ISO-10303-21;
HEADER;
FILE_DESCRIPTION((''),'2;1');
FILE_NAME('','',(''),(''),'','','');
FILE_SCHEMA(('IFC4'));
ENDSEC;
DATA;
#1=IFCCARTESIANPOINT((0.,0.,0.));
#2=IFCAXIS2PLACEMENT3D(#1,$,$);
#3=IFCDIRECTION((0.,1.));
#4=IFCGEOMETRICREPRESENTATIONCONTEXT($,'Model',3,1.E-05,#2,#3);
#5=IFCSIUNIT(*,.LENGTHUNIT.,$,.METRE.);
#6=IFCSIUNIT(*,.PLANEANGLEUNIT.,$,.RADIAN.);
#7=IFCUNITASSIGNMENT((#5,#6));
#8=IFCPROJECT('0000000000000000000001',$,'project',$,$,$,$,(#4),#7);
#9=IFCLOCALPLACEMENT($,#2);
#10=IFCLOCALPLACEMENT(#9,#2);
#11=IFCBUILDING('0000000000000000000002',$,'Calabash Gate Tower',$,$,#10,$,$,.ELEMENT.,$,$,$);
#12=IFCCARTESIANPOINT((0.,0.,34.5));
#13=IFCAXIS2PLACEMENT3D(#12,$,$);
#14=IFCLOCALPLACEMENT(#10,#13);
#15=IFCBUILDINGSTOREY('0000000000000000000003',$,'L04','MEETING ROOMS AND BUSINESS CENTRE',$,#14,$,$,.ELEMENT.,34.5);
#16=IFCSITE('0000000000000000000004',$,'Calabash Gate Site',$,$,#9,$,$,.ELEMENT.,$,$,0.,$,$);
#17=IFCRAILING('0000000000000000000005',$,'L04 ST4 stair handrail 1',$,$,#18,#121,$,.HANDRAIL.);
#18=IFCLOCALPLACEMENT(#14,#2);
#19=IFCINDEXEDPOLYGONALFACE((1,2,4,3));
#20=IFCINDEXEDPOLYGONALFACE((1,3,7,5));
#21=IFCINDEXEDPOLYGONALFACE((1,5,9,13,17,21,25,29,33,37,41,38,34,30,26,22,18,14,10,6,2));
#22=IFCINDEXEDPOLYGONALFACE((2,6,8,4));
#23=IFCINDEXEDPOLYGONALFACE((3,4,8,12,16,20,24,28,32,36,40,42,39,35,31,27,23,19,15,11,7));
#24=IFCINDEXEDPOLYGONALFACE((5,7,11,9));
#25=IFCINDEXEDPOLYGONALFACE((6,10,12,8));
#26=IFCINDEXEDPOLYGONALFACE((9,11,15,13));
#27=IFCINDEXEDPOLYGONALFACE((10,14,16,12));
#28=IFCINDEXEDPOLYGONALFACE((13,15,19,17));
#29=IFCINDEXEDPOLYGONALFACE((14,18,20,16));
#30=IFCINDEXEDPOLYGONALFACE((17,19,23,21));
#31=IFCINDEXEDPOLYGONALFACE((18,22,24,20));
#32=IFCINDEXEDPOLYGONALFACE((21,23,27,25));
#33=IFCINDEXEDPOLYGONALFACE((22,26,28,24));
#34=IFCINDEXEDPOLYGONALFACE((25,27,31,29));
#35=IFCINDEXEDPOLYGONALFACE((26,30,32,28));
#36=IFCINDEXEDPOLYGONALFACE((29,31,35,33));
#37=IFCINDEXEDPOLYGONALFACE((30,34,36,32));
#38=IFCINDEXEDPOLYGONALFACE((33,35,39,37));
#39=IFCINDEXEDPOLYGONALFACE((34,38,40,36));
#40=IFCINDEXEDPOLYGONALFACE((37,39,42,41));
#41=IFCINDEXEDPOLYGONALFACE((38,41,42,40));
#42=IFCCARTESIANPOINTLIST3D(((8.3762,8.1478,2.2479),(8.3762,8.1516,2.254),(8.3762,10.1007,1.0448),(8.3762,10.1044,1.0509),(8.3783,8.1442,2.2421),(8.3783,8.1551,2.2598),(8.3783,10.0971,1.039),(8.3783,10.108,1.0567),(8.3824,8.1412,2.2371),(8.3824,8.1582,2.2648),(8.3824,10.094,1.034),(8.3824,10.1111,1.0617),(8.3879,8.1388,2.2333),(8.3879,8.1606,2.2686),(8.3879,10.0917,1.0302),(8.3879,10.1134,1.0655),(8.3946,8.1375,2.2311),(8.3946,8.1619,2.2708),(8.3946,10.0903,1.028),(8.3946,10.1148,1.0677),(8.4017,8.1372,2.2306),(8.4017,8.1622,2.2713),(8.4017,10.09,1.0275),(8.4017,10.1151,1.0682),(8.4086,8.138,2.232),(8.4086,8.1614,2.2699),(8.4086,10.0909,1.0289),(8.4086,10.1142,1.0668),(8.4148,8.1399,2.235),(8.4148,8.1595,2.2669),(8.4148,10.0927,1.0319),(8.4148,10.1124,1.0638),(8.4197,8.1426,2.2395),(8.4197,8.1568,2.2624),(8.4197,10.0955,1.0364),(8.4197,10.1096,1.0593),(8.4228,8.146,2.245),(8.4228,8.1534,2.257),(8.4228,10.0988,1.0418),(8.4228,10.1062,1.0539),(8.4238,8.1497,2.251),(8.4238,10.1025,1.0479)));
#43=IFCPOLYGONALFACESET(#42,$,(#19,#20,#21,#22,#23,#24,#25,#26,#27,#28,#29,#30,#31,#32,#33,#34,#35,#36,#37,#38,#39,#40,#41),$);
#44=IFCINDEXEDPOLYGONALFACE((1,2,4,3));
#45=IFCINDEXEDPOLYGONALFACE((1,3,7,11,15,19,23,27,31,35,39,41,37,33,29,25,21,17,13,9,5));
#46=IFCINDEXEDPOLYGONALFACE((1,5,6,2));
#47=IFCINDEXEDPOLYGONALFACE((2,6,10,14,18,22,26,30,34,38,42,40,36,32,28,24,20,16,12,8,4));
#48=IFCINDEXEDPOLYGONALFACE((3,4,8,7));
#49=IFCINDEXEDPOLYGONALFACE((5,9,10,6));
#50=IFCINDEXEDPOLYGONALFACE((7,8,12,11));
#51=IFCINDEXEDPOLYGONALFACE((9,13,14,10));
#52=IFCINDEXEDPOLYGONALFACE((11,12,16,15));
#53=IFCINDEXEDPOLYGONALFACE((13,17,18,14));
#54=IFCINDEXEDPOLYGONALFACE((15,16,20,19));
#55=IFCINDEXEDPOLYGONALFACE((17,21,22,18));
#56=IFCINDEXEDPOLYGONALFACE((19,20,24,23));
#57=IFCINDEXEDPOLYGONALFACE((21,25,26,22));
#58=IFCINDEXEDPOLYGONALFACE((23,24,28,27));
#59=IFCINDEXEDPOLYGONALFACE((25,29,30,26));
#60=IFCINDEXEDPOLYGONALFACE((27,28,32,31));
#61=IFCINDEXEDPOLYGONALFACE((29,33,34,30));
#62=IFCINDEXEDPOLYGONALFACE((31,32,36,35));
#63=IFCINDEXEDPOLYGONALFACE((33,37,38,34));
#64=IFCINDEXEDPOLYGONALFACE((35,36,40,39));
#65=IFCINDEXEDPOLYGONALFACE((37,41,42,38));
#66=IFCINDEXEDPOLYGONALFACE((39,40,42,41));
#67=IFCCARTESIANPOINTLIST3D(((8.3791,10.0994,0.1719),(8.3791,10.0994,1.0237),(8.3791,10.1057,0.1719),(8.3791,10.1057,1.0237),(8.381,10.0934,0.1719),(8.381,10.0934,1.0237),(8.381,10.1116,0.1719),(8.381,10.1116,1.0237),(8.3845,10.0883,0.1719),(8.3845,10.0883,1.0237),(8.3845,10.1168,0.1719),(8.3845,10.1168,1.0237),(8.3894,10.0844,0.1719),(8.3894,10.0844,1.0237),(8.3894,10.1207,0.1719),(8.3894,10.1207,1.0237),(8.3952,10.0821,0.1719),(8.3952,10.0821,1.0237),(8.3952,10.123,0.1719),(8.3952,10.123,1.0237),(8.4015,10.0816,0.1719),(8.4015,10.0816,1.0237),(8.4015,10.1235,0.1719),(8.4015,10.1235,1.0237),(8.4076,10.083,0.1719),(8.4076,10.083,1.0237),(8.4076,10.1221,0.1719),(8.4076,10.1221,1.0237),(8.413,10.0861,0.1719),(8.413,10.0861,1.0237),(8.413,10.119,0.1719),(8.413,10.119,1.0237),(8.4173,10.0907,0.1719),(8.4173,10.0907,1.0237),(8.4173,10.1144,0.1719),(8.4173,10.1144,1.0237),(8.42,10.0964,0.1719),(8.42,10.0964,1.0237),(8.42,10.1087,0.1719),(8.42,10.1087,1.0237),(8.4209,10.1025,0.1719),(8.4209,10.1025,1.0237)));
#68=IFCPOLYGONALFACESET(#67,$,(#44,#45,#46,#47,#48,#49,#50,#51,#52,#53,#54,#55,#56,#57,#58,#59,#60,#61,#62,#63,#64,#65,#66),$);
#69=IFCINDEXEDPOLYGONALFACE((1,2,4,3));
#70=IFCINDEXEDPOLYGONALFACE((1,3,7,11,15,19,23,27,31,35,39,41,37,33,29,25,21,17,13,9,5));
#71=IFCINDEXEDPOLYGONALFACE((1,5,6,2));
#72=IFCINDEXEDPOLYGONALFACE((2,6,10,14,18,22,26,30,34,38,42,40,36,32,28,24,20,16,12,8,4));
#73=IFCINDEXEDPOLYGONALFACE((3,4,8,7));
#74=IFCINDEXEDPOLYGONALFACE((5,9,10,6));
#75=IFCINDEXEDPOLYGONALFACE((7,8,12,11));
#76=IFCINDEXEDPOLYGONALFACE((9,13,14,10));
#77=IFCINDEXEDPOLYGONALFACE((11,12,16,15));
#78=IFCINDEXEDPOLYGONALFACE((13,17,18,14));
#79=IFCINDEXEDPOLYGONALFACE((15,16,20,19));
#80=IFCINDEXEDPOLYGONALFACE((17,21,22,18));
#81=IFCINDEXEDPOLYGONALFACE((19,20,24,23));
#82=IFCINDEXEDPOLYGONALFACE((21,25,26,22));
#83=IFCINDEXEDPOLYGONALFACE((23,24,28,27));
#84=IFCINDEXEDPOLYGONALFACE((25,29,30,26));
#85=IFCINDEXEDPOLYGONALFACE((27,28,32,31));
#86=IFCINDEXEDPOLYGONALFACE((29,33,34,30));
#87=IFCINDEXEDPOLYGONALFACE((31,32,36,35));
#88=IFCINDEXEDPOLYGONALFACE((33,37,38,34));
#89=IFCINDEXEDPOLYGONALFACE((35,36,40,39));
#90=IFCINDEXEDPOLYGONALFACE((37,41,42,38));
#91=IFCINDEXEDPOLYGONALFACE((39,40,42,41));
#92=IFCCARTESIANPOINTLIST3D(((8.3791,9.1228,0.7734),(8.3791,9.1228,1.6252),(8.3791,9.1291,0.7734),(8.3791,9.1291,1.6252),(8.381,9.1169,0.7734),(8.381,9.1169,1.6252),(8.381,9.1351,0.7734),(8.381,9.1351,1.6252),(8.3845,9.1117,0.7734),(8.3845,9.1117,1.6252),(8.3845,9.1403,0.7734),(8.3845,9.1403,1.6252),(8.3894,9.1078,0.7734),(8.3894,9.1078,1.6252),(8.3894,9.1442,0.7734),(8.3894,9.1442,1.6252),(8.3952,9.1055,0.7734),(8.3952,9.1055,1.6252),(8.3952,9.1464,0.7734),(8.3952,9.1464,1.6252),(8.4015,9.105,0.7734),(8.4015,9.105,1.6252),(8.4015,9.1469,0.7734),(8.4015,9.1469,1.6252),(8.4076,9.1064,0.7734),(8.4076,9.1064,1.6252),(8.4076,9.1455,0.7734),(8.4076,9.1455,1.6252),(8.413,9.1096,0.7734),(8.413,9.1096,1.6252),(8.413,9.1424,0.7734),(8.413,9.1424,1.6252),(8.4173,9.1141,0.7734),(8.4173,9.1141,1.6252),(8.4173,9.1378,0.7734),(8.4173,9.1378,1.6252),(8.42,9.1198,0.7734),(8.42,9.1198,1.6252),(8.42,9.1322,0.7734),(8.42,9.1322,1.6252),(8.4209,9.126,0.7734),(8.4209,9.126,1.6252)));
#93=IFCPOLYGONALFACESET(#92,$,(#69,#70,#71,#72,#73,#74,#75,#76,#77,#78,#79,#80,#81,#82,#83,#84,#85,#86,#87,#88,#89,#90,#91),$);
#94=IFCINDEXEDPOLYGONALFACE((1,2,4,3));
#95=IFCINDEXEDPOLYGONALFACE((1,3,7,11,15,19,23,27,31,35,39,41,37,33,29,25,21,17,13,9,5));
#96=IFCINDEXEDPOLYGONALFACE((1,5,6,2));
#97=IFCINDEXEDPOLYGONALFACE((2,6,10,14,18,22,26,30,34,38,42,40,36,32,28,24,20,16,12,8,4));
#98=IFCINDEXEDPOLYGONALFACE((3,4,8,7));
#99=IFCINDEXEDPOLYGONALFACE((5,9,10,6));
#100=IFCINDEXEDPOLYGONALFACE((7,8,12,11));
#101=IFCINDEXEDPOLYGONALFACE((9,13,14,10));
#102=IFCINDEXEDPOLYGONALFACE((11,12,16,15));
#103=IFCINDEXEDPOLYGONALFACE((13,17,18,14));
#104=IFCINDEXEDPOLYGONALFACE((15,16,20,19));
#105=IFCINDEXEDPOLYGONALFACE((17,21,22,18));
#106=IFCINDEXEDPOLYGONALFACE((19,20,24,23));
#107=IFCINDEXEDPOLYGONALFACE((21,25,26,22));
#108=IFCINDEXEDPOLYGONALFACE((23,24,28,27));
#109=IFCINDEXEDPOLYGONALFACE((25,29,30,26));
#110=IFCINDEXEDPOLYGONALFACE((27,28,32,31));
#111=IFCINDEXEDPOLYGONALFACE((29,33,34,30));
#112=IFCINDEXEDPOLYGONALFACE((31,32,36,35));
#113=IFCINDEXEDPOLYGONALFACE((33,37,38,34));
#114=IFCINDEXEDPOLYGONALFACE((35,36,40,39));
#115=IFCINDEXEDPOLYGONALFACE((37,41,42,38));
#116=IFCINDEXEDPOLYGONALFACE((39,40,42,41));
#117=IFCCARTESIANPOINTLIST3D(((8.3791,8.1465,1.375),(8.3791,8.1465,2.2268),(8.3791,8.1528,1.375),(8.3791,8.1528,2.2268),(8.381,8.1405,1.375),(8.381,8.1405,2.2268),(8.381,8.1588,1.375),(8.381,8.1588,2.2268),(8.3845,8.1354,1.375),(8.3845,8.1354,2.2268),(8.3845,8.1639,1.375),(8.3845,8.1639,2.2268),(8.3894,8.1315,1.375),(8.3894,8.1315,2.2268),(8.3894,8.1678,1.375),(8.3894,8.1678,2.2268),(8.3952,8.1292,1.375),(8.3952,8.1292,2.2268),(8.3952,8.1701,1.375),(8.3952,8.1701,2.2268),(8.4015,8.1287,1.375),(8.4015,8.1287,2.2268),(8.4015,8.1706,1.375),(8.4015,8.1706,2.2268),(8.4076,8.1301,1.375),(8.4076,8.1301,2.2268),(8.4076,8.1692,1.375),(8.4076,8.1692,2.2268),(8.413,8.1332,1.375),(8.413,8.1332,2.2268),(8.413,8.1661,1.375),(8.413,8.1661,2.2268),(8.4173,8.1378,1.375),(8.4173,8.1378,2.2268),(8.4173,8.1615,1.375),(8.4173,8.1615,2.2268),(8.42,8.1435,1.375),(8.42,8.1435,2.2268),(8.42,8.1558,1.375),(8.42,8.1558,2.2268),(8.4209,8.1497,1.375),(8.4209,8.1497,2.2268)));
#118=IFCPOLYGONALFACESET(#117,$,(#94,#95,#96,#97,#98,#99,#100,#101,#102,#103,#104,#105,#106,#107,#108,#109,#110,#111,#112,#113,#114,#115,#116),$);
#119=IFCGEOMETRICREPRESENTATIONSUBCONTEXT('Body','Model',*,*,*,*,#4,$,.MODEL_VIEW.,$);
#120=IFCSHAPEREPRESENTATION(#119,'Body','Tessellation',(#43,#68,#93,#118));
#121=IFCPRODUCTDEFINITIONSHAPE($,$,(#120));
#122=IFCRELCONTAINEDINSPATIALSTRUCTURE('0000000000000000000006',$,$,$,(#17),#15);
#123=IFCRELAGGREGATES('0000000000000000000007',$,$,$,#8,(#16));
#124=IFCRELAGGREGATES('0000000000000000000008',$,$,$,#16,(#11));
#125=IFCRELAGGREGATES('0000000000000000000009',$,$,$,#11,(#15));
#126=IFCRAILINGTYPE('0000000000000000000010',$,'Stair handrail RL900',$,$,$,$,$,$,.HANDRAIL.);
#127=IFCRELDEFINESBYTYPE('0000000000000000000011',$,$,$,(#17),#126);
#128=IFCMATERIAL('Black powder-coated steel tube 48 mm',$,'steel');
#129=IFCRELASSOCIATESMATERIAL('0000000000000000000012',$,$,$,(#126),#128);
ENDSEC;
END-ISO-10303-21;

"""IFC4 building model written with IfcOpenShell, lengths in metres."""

from ifc_helpers import new_model, si_unit, direction, frame, origin, origin_2d, place, context, subcontext, project, spatial, circle, extrude, material, type_object, element, save


model = new_model("IFC4")

# Units and contexts
model_context = context("Model", 3, precision=1e-05, world=origin(), true_north=direction((0.0, 1.0)))
body_context = subcontext(model_context, "Body", "Model", "MODEL_VIEW")
ifc_project = project(units=[si_unit("LENGTHUNIT", "METRE"), si_unit("PLANEANGLEUNIT", "RADIAN")], contexts=[model_context])

# Site, building, storey
site_placement = place(None, origin())
site = spatial("IfcSite", under=ifc_project, at=site_placement, Name="Calabash Gate Site", CompositionType="ELEMENT", RefElevation=0.0)
building_placement = place(site_placement, origin())
building = spatial("IfcBuilding", under=site, at=building_placement, Name="Calabash Gate Tower", CompositionType="ELEMENT")
storey_placement = place(building_placement, frame((0.0, 0.0, 34.5)))
storey = spatial("IfcBuildingStorey", under=building, at=storey_placement, Name="L04", Description="MEETING ROOMS AND BUSINESS CENTRE", CompositionType="ELEMENT", Elevation=34.5)

# Railing
ifc_material_1 = material(Name="Black powder-coated steel tube 48 mm", Category="steel")
railing_type_1 = type_object("IfcRailingType", Name="Stair handrail RL900", PredefinedType="HANDRAIL", material=ifc_material_1)
railing_1_placement = place(storey_placement, frame((8.3999, 10.1025, 0.1719)))
element("IfcRailing", 1, at=railing_1_placement, inside=storey, type_object=railing_type_1, Name="L04 ST4 stair handrail 1", PredefinedType="HANDRAIL", context=body_context, shape_type="SweptSolid", body=[
    extrude(circle(Radius=0.0239, at=origin_2d()), frame((0.0, 0.0, 0.876), z_axis=(0.0, -0.851395, 0.524525), x_axis=(1.0, 0.0, 0.0)), (0.0, 0.0, 1.0), 2.2937),
    extrude(circle(Radius=0.021, at=origin_2d()), origin(), (0.0, 0.0, 1.0), 0.8518),
    extrude(circle(Radius=0.021, at=origin_2d()), frame((0.0, -0.9766, 0.6016)), (0.0, 0.0, 1.0), 0.8518),
    extrude(circle(Radius=0.021, at=origin_2d()), frame((0.0, -1.9529, 1.2031)), (0.0, 0.0, 1.0), 0.8518),
])

save(model, "model.ifc")
